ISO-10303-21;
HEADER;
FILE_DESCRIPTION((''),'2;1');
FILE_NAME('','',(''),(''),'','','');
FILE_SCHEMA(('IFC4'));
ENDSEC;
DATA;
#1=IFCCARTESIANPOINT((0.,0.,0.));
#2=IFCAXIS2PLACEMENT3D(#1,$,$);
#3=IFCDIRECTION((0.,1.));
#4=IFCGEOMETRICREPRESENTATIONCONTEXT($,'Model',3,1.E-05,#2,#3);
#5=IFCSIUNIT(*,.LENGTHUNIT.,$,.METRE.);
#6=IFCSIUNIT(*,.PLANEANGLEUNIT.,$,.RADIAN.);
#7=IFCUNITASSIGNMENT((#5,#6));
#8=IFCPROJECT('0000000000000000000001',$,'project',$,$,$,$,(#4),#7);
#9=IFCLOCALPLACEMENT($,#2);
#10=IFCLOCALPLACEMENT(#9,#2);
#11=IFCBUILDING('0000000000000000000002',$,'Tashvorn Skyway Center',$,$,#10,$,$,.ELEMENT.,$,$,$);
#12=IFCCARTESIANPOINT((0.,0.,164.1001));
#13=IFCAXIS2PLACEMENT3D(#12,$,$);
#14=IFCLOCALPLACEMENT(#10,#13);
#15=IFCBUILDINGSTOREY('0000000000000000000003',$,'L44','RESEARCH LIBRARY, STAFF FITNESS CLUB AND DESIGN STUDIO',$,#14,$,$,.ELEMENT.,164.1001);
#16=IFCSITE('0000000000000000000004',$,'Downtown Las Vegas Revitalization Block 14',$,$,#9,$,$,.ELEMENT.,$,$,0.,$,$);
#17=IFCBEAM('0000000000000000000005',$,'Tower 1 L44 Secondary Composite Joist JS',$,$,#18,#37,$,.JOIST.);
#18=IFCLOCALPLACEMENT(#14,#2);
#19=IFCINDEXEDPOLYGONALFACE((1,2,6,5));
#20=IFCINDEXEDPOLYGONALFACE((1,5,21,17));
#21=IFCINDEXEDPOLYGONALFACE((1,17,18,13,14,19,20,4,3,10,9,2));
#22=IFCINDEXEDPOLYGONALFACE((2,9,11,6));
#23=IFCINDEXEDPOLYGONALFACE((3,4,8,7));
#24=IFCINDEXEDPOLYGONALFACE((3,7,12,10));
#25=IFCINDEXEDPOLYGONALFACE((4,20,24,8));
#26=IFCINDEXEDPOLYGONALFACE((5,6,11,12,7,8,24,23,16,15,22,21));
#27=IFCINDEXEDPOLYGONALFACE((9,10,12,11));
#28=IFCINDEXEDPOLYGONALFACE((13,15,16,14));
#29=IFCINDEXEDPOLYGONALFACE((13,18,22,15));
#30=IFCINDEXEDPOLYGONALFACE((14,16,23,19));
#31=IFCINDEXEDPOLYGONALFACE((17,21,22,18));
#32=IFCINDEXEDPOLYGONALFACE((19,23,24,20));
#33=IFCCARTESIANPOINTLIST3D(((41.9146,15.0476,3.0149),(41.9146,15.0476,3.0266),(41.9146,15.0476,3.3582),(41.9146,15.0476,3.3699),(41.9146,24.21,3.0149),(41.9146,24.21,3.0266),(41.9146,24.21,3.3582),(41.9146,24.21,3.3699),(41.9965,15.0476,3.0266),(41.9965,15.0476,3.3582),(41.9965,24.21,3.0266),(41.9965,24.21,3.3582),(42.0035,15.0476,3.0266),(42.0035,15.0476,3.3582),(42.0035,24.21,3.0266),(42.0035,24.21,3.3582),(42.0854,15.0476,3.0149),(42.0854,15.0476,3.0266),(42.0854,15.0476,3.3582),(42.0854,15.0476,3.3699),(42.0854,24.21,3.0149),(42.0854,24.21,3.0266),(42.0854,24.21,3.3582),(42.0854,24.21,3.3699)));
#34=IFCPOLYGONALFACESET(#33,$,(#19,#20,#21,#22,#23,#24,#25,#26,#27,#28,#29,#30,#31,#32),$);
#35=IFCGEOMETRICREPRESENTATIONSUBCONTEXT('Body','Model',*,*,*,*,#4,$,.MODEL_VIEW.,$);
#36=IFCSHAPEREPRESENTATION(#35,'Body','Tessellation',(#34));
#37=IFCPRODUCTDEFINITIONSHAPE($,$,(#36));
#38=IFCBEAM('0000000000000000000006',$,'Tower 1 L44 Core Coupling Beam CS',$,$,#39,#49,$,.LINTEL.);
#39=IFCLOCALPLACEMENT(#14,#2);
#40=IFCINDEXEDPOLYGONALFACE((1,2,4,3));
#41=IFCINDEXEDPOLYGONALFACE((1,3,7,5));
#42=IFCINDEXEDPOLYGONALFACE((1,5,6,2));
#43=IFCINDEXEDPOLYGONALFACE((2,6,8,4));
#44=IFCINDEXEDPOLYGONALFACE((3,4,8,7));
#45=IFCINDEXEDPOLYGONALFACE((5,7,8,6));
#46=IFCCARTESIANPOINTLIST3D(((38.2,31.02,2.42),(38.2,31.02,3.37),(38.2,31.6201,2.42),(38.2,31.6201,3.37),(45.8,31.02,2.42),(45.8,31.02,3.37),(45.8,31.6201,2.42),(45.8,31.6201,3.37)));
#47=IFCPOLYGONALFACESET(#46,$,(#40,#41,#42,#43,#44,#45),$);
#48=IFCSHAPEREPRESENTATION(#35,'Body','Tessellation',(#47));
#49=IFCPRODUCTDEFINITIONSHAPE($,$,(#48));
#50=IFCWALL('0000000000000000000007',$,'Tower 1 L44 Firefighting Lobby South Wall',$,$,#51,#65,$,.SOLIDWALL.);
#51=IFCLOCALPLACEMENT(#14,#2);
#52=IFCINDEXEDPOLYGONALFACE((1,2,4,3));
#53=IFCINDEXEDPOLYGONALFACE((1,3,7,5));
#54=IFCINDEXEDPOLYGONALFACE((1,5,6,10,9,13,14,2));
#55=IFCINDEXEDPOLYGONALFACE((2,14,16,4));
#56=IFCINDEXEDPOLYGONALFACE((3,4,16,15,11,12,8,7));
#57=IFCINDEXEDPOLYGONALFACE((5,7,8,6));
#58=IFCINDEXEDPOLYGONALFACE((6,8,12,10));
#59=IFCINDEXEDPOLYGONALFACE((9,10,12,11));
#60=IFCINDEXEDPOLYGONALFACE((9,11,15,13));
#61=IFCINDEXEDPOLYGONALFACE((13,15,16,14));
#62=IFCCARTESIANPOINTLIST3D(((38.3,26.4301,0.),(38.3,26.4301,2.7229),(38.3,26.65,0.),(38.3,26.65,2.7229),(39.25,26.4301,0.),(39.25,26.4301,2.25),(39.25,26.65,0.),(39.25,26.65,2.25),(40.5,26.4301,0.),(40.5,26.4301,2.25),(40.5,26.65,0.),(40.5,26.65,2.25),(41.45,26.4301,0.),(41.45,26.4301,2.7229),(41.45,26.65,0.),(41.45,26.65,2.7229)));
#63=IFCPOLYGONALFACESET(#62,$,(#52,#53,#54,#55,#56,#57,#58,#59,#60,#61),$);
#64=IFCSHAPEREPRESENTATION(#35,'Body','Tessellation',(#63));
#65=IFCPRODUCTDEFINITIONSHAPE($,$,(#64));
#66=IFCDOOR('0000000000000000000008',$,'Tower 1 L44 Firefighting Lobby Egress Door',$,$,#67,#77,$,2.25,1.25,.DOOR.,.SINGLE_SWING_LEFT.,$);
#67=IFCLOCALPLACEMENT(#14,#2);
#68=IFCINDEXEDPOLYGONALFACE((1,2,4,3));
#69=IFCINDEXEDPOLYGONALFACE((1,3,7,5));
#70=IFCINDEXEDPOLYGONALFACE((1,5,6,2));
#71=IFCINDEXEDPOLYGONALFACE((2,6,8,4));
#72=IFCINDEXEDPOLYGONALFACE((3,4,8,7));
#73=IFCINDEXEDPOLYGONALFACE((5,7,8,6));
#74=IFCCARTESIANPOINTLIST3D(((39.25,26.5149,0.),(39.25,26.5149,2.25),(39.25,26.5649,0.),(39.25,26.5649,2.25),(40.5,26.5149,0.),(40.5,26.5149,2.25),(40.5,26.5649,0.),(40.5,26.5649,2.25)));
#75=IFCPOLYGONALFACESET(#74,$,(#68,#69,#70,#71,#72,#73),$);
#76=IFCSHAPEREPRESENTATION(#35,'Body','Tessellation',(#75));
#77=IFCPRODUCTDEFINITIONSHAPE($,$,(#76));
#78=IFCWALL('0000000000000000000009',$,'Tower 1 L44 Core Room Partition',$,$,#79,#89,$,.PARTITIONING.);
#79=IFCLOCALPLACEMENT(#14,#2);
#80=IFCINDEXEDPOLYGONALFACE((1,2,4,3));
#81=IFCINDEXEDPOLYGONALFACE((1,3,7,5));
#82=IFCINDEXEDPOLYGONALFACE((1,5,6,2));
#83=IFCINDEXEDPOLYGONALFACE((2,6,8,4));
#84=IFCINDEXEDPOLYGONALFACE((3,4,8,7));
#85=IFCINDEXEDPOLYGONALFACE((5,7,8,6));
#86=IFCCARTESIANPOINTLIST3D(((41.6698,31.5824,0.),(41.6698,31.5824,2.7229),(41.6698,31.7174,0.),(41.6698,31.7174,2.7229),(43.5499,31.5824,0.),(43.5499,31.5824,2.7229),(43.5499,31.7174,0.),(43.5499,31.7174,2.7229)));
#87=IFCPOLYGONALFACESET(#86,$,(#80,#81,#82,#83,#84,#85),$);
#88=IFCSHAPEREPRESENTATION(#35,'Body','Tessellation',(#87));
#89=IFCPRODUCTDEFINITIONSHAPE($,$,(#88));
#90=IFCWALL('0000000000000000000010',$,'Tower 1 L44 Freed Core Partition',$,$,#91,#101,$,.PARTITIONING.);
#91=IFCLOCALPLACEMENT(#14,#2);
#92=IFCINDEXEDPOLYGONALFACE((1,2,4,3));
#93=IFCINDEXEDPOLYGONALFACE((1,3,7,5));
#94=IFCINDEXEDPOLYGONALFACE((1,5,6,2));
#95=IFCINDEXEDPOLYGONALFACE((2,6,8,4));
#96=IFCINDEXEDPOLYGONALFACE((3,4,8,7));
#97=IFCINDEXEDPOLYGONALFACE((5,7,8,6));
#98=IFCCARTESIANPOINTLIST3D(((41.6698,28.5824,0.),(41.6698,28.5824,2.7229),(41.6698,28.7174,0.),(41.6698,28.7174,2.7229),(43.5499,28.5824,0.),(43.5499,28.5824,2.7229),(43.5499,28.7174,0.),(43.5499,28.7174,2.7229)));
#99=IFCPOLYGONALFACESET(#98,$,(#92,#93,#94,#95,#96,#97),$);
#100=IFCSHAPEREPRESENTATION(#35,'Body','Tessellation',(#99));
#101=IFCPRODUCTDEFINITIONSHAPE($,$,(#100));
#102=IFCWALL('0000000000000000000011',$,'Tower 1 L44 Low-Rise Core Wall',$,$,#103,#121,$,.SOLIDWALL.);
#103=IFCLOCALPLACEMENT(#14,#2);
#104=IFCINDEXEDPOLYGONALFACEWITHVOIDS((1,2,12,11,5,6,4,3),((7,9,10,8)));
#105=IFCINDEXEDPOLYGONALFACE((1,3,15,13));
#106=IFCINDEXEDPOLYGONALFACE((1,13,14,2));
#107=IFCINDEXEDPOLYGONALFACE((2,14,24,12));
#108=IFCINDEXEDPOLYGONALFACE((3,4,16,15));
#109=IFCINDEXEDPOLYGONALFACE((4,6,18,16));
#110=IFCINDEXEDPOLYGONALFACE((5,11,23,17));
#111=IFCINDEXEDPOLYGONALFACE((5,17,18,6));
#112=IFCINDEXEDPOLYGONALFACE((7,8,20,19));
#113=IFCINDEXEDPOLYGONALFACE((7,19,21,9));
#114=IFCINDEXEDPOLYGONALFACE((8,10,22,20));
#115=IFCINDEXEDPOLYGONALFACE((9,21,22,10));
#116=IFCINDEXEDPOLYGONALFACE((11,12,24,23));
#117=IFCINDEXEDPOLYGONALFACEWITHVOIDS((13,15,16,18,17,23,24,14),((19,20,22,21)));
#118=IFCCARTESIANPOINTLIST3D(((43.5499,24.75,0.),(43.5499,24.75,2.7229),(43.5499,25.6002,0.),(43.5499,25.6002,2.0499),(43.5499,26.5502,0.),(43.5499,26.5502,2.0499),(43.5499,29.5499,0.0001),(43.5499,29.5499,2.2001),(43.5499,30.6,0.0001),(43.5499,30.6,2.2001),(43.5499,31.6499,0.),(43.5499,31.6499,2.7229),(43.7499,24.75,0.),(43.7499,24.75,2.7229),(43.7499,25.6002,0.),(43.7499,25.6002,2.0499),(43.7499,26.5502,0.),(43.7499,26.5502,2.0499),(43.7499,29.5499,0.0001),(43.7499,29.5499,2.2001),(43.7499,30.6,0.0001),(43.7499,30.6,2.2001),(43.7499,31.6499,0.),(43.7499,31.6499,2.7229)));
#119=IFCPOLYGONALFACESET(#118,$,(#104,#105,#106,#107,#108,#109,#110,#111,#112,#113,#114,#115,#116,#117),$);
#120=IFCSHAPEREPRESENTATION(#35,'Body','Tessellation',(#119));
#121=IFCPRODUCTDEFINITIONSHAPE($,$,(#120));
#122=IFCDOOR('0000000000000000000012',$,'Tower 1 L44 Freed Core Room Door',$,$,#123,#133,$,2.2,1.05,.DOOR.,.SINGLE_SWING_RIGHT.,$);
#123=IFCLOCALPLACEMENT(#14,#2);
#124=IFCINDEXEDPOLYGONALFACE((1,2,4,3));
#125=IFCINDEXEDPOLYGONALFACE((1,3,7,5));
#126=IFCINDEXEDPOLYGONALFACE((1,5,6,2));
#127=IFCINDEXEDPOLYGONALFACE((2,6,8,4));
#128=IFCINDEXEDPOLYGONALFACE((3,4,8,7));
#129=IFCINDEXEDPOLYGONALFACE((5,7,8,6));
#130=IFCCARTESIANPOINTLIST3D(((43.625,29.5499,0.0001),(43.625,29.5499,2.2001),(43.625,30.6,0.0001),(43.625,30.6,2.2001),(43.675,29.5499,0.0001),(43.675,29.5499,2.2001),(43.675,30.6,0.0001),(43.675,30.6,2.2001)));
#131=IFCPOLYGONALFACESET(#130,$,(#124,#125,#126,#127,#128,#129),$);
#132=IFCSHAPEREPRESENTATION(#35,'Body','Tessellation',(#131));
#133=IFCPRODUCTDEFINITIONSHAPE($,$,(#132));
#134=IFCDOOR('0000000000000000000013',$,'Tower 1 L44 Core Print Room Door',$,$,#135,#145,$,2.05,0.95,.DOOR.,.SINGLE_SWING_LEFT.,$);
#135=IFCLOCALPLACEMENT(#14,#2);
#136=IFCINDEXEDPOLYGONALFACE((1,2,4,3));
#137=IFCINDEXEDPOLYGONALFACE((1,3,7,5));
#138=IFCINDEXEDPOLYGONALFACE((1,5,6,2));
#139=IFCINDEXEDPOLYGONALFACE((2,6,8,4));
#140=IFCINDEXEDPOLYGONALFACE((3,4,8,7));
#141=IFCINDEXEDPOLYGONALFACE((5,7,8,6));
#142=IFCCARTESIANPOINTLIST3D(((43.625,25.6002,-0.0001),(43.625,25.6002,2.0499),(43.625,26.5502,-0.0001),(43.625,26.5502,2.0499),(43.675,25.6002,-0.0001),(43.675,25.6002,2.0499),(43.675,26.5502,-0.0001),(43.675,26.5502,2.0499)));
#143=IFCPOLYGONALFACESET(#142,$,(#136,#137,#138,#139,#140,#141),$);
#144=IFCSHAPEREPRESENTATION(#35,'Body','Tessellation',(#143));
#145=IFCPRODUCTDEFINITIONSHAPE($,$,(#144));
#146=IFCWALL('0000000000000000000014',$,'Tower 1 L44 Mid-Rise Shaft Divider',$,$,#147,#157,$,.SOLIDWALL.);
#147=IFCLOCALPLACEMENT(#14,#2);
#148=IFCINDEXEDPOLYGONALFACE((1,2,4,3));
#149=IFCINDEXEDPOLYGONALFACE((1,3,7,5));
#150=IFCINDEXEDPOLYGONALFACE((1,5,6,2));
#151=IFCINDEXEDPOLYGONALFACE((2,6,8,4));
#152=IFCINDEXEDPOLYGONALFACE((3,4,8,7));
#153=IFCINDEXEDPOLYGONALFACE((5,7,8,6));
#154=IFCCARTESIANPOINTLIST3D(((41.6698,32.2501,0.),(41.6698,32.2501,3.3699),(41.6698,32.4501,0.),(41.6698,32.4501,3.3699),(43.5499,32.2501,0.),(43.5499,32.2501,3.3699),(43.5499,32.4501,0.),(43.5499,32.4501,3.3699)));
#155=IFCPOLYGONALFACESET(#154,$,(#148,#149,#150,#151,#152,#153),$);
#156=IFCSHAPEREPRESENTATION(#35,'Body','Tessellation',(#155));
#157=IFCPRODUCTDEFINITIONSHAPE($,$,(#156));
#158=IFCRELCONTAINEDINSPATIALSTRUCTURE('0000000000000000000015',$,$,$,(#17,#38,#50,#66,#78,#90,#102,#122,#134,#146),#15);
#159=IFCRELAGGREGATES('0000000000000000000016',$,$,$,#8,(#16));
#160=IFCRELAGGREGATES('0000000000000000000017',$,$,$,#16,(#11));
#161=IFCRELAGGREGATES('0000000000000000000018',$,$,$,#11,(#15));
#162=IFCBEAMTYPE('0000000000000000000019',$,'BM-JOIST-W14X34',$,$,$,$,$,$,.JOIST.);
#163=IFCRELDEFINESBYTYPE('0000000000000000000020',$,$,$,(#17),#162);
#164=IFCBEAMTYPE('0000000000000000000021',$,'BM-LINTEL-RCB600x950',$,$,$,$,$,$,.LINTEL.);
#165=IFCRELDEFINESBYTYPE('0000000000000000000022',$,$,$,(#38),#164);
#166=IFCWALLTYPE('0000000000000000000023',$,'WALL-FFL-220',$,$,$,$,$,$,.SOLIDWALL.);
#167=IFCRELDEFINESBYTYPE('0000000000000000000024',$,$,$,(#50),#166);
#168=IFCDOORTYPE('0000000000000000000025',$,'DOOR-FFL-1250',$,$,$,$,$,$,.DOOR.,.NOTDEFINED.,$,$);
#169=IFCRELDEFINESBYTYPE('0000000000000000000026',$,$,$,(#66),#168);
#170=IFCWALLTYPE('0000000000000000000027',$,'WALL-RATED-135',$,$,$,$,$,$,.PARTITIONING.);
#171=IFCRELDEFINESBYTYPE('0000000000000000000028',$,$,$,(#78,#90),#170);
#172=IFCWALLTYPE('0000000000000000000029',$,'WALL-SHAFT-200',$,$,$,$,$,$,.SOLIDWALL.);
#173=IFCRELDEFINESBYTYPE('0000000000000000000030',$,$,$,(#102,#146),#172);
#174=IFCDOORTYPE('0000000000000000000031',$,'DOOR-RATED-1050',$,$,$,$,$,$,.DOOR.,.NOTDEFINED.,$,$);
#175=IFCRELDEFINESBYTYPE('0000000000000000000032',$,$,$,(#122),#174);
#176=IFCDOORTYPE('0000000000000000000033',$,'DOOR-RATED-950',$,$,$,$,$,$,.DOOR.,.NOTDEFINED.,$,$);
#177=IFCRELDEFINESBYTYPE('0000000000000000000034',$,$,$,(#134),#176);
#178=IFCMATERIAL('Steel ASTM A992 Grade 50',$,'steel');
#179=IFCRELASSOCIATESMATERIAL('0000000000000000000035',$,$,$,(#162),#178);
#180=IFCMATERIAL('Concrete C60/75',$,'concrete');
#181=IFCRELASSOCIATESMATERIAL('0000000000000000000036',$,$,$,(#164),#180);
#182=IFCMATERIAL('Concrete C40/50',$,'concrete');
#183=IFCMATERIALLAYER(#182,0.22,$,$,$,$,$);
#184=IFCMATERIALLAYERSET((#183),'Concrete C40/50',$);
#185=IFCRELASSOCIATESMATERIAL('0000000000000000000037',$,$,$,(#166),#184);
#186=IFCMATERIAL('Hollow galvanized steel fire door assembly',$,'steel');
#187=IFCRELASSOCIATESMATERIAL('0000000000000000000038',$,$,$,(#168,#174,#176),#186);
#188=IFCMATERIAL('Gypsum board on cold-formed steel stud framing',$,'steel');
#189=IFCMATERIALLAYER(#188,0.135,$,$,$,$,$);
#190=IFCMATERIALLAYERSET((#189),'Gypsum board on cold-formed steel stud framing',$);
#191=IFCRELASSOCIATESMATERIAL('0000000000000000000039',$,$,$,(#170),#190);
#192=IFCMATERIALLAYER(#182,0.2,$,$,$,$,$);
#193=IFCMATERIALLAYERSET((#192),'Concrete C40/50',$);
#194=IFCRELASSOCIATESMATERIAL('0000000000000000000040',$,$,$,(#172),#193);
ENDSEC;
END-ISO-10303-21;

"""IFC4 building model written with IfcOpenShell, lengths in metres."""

from ifc_helpers import new_model, si_unit, direction, frame, frame_2d, origin, origin_2d, place, context, subcontext, project, spatial, rectangle, i_section, extrude, material, layer, layer_set, material_profile, profile_set, type_object, element, fill, save


model = new_model("IFC4")

# Units and contexts
model_context = context("Model", 3, precision=1e-05, world=origin(), true_north=direction((0.0, 1.0)))
body_context = subcontext(model_context, "Body", "Model", "MODEL_VIEW")
ifc_project = project(units=[si_unit("LENGTHUNIT", "METRE"), si_unit("PLANEANGLEUNIT", "RADIAN")], contexts=[model_context])

# Site, building, storey
site_placement = place(None, origin())
site = spatial("IfcSite", under=ifc_project, at=site_placement, Name="Downtown Las Vegas Revitalization Block 14", CompositionType="ELEMENT", RefElevation=0.0)
building_placement = place(site_placement, origin())
building = spatial("IfcBuilding", under=site, at=building_placement, Name="Tashvorn Skyway Center", CompositionType="ELEMENT")
storey_placement = place(building_placement, frame((0.0, 0.0, 164.1001)))
storey = spatial("IfcBuildingStorey", under=building, at=storey_placement, Name="L44", Description="RESEARCH LIBRARY, STAFF FITNESS CLUB AND DESIGN STUDIO", CompositionType="ELEMENT", Elevation=164.1001)

# Beams
ifc_material_1 = material(Name="Steel ASTM A992 Grade 50", Category="steel")
ifc_material_profile_1 = material_profile(ifc_material_1, i_section(OverallWidth=0.1709, OverallDepth=0.355, WebThickness=0.0071, FlangeThickness=0.0117, at=origin_2d()), Name="W14X34")
ifc_profile_set_1 = profile_set([ifc_material_profile_1], Name="Steel ASTM A992 Grade 50")
beam_type_1 = type_object("IfcBeamType", Name="BM-JOIST-W14X34", PredefinedType="JOIST", material=ifc_profile_set_1)
beam_1_placement = place(storey_placement, frame((42.0, 24.21, 3.1924), z_axis=(0.0, -1.0, 0.0), x_axis=(1.0, 0.0, 0.0)))
element("IfcBeam", 1, at=beam_1_placement, inside=storey, type_object=beam_type_1, Name="Tower 1 L44 Secondary Composite Joist JS", PredefinedType="JOIST", context=body_context, shape_type="SweptSolid", body=[
    extrude(i_section(OverallWidth=0.1709, OverallDepth=0.355, WebThickness=0.0071, FlangeThickness=0.0117, at=origin_2d()), origin(), (0.0, 0.0, 1.0), 9.1624),
])
ifc_material_2 = material(Name="Concrete C60/75", Category="concrete")
ifc_material_profile_2 = material_profile(ifc_material_2, rectangle(XDim=0.6001, YDim=0.95, at=origin_2d()), Name="RCB600x950")
ifc_profile_set_2 = profile_set([ifc_material_profile_2], Name="Concrete C60/75")
beam_type_2 = type_object("IfcBeamType", Name="BM-LINTEL-RCB600x950", PredefinedType="LINTEL", material=ifc_profile_set_2)
beam_2_placement = place(storey_placement, frame((38.2, 31.3201, 2.895), z_axis=(1.0, 0.0, 0.0), x_axis=(0.0, 1.0, 0.0)))
element("IfcBeam", 2, at=beam_2_placement, inside=storey, type_object=beam_type_2, Name="Tower 1 L44 Core Coupling Beam CS", PredefinedType="LINTEL", context=body_context, shape_type="SweptSolid", body=[
    extrude(rectangle(XDim=0.6001, YDim=0.95, at=origin_2d()), origin(), (0.0, 0.0, 1.0), 7.6001),
])

# Wall, opening, door
ifc_material_3 = material(Name="Concrete C40/50", Category="concrete")
ifc_layer_1 = layer(ifc_material_3, 0.22)
ifc_layer_set_1 = layer_set([ifc_layer_1], Name="Concrete C40/50")
wall_type_1 = type_object("IfcWallType", Name="WALL-FFL-220", PredefinedType="SOLIDWALL", material=ifc_layer_set_1)
wall_1_placement = place(storey_placement, frame((38.3, 26.54, 0.0), z_axis=(0.0, 0.0, 1.0), x_axis=(1.0, 0.0, 0.0)))
wall_1 = element("IfcWall", 3, at=wall_1_placement, inside=storey, type_object=wall_type_1, Name="Tower 1 L44 Firefighting Lobby South Wall", PredefinedType="SOLIDWALL", context=body_context, shape_type="SweptSolid", body=[
    extrude(rectangle(XDim=3.1499, YDim=0.22, at=frame_2d((1.575, 0.0))), origin(), (0.0, 0.0, 1.0), 2.7229),
])
opening_1_placement = place(wall_1_placement, frame((0.95, 0.0, 0.0)))
opening_1 = element("IfcOpeningElement", 4, at=opening_1_placement, cuts=wall_1, PredefinedType="OPENING", context=body_context, shape_type="SweptSolid", body=[
    extrude(rectangle(XDim=1.25, YDim=2.25, at=frame_2d((0.625, 1.125))), frame((0.0, 0.1199, 0.0), z_axis=(0.0, -1.0, 0.0), x_axis=(1.0, 0.0, 0.0)), (0.0, 0.0, 1.0), 0.24),
])
ifc_material_4 = material(Name="Hollow galvanized steel fire door assembly", Category="steel")
door_type_1 = type_object("IfcDoorType", Name="DOOR-FFL-1250", OperationType="NOTDEFINED", PredefinedType="DOOR", material=ifc_material_4)
door_1_placement = place(opening_1_placement, origin())
door_1 = element("IfcDoor", 5, at=door_1_placement, inside=storey, type_object=door_type_1, Name="Tower 1 L44 Firefighting Lobby Egress Door", OperationType="SINGLE_SWING_LEFT", OverallHeight=2.25, OverallWidth=1.25, PredefinedType="DOOR", context=body_context, shape_type="SweptSolid", body=[
    extrude(rectangle(XDim=1.25, YDim=2.25, at=frame_2d((0.625, 1.125))), frame((0.0, 0.0249, 0.0), z_axis=(0.0, -1.0, 0.0), x_axis=(1.0, 0.0, 0.0)), (0.0, 0.0, 1.0), 0.05),
])
fill(opening_1, door_1)

# Walls
ifc_material_5 = material(Name="Gypsum board on cold-formed steel stud framing", Category="steel")
ifc_layer_2 = layer(ifc_material_5, 0.135)
ifc_layer_set_2 = layer_set([ifc_layer_2], Name="Gypsum board on cold-formed steel stud framing")
wall_type_2 = type_object("IfcWallType", Name="WALL-RATED-135", PredefinedType="PARTITIONING", material=ifc_layer_set_2)
for number, where, z_axis, x_axis, name in (
    (6, (41.6699, 31.6499, 0.0), (0.0, 0.0, 1.0), (1.0, 0.0, 0.0), "Tower 1 L44 Core Room Partition"),
    (7, (41.6699, 28.6499, 0.0), (0.0, 0.0, 1.0), (1.0, 0.0, 0.0), "Tower 1 L44 Freed Core Partition"),
):
    element("IfcWall", number, at=place(storey_placement, frame(where, z_axis=z_axis, x_axis=x_axis)), inside=storey, type_object=wall_type_2, Name=name, PredefinedType="PARTITIONING", context=body_context, shape_type="SweptSolid", body=[
        extrude(rectangle(XDim=1.8801, YDim=0.135, at=frame_2d((0.9399, 0.0))), origin(), (0.0, 0.0, 1.0), 2.7229),
    ])

# Wall, openings, doors
ifc_layer_3 = layer(ifc_material_3, 0.2)
ifc_layer_set_3 = layer_set([ifc_layer_3], Name="Concrete C40/50")
wall_type_3 = type_object("IfcWallType", Name="WALL-SHAFT-200", PredefinedType="SOLIDWALL", material=ifc_layer_set_3)
wall_2_placement = place(storey_placement, frame((43.6499, 24.75, 0.0), z_axis=(0.0, 0.0, 1.0), x_axis=(0.0, 1.0, 0.0)))
wall_2 = element("IfcWall", 8, at=wall_2_placement, inside=storey, type_object=wall_type_3, Name="Tower 1 L44 Low-Rise Core Wall", PredefinedType="SOLIDWALL", context=body_context, shape_type="SweptSolid", body=[
    extrude(rectangle(XDim=6.8999, YDim=0.2, at=frame_2d((3.45, 0.0))), origin(), (0.0, 0.0, 1.0), 2.7229),
])
opening_2_placement = place(wall_2_placement, frame((0.8501, 0.0, 0.0)))
opening_2 = element("IfcOpeningElement", 9, at=opening_2_placement, cuts=wall_2, PredefinedType="OPENING", context=body_context, shape_type="SweptSolid", body=[
    extrude(rectangle(XDim=0.95, YDim=2.05, at=frame_2d((0.4751, 1.0249))), frame((0.0, 0.1099, 0.0), z_axis=(0.0, -1.0, 0.0), x_axis=(1.0, 0.0, 0.0)), (0.0, 0.0, 1.0), 0.22),
])
opening_3_placement = place(wall_2_placement, frame((4.8, 0.0, 0.0)))
opening_3 = element("IfcOpeningElement", 10, at=opening_3_placement, cuts=wall_2, PredefinedType="OPENING", context=body_context, shape_type="SweptSolid", body=[
    extrude(rectangle(XDim=1.05, YDim=2.2, at=frame_2d((0.5249, 1.1001))), frame((0.0, 0.1099, 0.0), z_axis=(0.0, -1.0, 0.0), x_axis=(1.0, 0.0, 0.0)), (0.0, 0.0, 1.0), 0.22),
])
door_type_2 = type_object("IfcDoorType", Name="DOOR-RATED-1050", OperationType="NOTDEFINED", PredefinedType="DOOR", material=ifc_material_4)
door_2_placement = place(opening_3_placement, origin())
door_2 = element("IfcDoor", 11, at=door_2_placement, inside=storey, type_object=door_type_2, Name="Tower 1 L44 Freed Core Room Door", OperationType="SINGLE_SWING_RIGHT", OverallHeight=2.2, OverallWidth=1.05, PredefinedType="DOOR", context=body_context, shape_type="SweptSolid", body=[
    extrude(rectangle(XDim=1.05, YDim=2.2, at=frame_2d((0.5249, 1.1001))), frame((0.0, 0.0249, 0.0), z_axis=(0.0, -1.0, 0.0), x_axis=(1.0, 0.0, 0.0)), (0.0, 0.0, 1.0), 0.05),
])
fill(opening_3, door_2)
door_type_3 = type_object("IfcDoorType", Name="DOOR-RATED-950", OperationType="NOTDEFINED", PredefinedType="DOOR", material=ifc_material_4)
door_3_placement = place(opening_2_placement, origin())
door_3 = element("IfcDoor", 12, at=door_3_placement, inside=storey, type_object=door_type_3, Name="Tower 1 L44 Core Print Room Door", OperationType="SINGLE_SWING_LEFT", OverallHeight=2.05, OverallWidth=0.95, PredefinedType="DOOR", context=body_context, shape_type="SweptSolid", body=[
    extrude(rectangle(XDim=0.95, YDim=2.05, at=frame_2d((0.4751, 1.0249))), frame((0.0, 0.0249, 0.0), z_axis=(0.0, -1.0, 0.0), x_axis=(1.0, 0.0, 0.0)), (0.0, 0.0, 1.0), 0.05),
])
fill(opening_2, door_3)

# Wall
wall_3_placement = place(storey_placement, frame((41.6699, 32.3501, 0.0), z_axis=(0.0, 0.0, 1.0), x_axis=(1.0, 0.0, 0.0)))
element("IfcWall", 13, at=wall_3_placement, inside=storey, type_object=wall_type_3, Name="Tower 1 L44 Mid-Rise Shaft Divider", PredefinedType="SOLIDWALL", context=body_context, shape_type="SweptSolid", body=[
    extrude(rectangle(XDim=1.8801, YDim=0.2, at=frame_2d((0.9399, 0.0))), origin(), (0.0, 0.0, 1.0), 3.3699),
])

save(model, "model.ifc")
